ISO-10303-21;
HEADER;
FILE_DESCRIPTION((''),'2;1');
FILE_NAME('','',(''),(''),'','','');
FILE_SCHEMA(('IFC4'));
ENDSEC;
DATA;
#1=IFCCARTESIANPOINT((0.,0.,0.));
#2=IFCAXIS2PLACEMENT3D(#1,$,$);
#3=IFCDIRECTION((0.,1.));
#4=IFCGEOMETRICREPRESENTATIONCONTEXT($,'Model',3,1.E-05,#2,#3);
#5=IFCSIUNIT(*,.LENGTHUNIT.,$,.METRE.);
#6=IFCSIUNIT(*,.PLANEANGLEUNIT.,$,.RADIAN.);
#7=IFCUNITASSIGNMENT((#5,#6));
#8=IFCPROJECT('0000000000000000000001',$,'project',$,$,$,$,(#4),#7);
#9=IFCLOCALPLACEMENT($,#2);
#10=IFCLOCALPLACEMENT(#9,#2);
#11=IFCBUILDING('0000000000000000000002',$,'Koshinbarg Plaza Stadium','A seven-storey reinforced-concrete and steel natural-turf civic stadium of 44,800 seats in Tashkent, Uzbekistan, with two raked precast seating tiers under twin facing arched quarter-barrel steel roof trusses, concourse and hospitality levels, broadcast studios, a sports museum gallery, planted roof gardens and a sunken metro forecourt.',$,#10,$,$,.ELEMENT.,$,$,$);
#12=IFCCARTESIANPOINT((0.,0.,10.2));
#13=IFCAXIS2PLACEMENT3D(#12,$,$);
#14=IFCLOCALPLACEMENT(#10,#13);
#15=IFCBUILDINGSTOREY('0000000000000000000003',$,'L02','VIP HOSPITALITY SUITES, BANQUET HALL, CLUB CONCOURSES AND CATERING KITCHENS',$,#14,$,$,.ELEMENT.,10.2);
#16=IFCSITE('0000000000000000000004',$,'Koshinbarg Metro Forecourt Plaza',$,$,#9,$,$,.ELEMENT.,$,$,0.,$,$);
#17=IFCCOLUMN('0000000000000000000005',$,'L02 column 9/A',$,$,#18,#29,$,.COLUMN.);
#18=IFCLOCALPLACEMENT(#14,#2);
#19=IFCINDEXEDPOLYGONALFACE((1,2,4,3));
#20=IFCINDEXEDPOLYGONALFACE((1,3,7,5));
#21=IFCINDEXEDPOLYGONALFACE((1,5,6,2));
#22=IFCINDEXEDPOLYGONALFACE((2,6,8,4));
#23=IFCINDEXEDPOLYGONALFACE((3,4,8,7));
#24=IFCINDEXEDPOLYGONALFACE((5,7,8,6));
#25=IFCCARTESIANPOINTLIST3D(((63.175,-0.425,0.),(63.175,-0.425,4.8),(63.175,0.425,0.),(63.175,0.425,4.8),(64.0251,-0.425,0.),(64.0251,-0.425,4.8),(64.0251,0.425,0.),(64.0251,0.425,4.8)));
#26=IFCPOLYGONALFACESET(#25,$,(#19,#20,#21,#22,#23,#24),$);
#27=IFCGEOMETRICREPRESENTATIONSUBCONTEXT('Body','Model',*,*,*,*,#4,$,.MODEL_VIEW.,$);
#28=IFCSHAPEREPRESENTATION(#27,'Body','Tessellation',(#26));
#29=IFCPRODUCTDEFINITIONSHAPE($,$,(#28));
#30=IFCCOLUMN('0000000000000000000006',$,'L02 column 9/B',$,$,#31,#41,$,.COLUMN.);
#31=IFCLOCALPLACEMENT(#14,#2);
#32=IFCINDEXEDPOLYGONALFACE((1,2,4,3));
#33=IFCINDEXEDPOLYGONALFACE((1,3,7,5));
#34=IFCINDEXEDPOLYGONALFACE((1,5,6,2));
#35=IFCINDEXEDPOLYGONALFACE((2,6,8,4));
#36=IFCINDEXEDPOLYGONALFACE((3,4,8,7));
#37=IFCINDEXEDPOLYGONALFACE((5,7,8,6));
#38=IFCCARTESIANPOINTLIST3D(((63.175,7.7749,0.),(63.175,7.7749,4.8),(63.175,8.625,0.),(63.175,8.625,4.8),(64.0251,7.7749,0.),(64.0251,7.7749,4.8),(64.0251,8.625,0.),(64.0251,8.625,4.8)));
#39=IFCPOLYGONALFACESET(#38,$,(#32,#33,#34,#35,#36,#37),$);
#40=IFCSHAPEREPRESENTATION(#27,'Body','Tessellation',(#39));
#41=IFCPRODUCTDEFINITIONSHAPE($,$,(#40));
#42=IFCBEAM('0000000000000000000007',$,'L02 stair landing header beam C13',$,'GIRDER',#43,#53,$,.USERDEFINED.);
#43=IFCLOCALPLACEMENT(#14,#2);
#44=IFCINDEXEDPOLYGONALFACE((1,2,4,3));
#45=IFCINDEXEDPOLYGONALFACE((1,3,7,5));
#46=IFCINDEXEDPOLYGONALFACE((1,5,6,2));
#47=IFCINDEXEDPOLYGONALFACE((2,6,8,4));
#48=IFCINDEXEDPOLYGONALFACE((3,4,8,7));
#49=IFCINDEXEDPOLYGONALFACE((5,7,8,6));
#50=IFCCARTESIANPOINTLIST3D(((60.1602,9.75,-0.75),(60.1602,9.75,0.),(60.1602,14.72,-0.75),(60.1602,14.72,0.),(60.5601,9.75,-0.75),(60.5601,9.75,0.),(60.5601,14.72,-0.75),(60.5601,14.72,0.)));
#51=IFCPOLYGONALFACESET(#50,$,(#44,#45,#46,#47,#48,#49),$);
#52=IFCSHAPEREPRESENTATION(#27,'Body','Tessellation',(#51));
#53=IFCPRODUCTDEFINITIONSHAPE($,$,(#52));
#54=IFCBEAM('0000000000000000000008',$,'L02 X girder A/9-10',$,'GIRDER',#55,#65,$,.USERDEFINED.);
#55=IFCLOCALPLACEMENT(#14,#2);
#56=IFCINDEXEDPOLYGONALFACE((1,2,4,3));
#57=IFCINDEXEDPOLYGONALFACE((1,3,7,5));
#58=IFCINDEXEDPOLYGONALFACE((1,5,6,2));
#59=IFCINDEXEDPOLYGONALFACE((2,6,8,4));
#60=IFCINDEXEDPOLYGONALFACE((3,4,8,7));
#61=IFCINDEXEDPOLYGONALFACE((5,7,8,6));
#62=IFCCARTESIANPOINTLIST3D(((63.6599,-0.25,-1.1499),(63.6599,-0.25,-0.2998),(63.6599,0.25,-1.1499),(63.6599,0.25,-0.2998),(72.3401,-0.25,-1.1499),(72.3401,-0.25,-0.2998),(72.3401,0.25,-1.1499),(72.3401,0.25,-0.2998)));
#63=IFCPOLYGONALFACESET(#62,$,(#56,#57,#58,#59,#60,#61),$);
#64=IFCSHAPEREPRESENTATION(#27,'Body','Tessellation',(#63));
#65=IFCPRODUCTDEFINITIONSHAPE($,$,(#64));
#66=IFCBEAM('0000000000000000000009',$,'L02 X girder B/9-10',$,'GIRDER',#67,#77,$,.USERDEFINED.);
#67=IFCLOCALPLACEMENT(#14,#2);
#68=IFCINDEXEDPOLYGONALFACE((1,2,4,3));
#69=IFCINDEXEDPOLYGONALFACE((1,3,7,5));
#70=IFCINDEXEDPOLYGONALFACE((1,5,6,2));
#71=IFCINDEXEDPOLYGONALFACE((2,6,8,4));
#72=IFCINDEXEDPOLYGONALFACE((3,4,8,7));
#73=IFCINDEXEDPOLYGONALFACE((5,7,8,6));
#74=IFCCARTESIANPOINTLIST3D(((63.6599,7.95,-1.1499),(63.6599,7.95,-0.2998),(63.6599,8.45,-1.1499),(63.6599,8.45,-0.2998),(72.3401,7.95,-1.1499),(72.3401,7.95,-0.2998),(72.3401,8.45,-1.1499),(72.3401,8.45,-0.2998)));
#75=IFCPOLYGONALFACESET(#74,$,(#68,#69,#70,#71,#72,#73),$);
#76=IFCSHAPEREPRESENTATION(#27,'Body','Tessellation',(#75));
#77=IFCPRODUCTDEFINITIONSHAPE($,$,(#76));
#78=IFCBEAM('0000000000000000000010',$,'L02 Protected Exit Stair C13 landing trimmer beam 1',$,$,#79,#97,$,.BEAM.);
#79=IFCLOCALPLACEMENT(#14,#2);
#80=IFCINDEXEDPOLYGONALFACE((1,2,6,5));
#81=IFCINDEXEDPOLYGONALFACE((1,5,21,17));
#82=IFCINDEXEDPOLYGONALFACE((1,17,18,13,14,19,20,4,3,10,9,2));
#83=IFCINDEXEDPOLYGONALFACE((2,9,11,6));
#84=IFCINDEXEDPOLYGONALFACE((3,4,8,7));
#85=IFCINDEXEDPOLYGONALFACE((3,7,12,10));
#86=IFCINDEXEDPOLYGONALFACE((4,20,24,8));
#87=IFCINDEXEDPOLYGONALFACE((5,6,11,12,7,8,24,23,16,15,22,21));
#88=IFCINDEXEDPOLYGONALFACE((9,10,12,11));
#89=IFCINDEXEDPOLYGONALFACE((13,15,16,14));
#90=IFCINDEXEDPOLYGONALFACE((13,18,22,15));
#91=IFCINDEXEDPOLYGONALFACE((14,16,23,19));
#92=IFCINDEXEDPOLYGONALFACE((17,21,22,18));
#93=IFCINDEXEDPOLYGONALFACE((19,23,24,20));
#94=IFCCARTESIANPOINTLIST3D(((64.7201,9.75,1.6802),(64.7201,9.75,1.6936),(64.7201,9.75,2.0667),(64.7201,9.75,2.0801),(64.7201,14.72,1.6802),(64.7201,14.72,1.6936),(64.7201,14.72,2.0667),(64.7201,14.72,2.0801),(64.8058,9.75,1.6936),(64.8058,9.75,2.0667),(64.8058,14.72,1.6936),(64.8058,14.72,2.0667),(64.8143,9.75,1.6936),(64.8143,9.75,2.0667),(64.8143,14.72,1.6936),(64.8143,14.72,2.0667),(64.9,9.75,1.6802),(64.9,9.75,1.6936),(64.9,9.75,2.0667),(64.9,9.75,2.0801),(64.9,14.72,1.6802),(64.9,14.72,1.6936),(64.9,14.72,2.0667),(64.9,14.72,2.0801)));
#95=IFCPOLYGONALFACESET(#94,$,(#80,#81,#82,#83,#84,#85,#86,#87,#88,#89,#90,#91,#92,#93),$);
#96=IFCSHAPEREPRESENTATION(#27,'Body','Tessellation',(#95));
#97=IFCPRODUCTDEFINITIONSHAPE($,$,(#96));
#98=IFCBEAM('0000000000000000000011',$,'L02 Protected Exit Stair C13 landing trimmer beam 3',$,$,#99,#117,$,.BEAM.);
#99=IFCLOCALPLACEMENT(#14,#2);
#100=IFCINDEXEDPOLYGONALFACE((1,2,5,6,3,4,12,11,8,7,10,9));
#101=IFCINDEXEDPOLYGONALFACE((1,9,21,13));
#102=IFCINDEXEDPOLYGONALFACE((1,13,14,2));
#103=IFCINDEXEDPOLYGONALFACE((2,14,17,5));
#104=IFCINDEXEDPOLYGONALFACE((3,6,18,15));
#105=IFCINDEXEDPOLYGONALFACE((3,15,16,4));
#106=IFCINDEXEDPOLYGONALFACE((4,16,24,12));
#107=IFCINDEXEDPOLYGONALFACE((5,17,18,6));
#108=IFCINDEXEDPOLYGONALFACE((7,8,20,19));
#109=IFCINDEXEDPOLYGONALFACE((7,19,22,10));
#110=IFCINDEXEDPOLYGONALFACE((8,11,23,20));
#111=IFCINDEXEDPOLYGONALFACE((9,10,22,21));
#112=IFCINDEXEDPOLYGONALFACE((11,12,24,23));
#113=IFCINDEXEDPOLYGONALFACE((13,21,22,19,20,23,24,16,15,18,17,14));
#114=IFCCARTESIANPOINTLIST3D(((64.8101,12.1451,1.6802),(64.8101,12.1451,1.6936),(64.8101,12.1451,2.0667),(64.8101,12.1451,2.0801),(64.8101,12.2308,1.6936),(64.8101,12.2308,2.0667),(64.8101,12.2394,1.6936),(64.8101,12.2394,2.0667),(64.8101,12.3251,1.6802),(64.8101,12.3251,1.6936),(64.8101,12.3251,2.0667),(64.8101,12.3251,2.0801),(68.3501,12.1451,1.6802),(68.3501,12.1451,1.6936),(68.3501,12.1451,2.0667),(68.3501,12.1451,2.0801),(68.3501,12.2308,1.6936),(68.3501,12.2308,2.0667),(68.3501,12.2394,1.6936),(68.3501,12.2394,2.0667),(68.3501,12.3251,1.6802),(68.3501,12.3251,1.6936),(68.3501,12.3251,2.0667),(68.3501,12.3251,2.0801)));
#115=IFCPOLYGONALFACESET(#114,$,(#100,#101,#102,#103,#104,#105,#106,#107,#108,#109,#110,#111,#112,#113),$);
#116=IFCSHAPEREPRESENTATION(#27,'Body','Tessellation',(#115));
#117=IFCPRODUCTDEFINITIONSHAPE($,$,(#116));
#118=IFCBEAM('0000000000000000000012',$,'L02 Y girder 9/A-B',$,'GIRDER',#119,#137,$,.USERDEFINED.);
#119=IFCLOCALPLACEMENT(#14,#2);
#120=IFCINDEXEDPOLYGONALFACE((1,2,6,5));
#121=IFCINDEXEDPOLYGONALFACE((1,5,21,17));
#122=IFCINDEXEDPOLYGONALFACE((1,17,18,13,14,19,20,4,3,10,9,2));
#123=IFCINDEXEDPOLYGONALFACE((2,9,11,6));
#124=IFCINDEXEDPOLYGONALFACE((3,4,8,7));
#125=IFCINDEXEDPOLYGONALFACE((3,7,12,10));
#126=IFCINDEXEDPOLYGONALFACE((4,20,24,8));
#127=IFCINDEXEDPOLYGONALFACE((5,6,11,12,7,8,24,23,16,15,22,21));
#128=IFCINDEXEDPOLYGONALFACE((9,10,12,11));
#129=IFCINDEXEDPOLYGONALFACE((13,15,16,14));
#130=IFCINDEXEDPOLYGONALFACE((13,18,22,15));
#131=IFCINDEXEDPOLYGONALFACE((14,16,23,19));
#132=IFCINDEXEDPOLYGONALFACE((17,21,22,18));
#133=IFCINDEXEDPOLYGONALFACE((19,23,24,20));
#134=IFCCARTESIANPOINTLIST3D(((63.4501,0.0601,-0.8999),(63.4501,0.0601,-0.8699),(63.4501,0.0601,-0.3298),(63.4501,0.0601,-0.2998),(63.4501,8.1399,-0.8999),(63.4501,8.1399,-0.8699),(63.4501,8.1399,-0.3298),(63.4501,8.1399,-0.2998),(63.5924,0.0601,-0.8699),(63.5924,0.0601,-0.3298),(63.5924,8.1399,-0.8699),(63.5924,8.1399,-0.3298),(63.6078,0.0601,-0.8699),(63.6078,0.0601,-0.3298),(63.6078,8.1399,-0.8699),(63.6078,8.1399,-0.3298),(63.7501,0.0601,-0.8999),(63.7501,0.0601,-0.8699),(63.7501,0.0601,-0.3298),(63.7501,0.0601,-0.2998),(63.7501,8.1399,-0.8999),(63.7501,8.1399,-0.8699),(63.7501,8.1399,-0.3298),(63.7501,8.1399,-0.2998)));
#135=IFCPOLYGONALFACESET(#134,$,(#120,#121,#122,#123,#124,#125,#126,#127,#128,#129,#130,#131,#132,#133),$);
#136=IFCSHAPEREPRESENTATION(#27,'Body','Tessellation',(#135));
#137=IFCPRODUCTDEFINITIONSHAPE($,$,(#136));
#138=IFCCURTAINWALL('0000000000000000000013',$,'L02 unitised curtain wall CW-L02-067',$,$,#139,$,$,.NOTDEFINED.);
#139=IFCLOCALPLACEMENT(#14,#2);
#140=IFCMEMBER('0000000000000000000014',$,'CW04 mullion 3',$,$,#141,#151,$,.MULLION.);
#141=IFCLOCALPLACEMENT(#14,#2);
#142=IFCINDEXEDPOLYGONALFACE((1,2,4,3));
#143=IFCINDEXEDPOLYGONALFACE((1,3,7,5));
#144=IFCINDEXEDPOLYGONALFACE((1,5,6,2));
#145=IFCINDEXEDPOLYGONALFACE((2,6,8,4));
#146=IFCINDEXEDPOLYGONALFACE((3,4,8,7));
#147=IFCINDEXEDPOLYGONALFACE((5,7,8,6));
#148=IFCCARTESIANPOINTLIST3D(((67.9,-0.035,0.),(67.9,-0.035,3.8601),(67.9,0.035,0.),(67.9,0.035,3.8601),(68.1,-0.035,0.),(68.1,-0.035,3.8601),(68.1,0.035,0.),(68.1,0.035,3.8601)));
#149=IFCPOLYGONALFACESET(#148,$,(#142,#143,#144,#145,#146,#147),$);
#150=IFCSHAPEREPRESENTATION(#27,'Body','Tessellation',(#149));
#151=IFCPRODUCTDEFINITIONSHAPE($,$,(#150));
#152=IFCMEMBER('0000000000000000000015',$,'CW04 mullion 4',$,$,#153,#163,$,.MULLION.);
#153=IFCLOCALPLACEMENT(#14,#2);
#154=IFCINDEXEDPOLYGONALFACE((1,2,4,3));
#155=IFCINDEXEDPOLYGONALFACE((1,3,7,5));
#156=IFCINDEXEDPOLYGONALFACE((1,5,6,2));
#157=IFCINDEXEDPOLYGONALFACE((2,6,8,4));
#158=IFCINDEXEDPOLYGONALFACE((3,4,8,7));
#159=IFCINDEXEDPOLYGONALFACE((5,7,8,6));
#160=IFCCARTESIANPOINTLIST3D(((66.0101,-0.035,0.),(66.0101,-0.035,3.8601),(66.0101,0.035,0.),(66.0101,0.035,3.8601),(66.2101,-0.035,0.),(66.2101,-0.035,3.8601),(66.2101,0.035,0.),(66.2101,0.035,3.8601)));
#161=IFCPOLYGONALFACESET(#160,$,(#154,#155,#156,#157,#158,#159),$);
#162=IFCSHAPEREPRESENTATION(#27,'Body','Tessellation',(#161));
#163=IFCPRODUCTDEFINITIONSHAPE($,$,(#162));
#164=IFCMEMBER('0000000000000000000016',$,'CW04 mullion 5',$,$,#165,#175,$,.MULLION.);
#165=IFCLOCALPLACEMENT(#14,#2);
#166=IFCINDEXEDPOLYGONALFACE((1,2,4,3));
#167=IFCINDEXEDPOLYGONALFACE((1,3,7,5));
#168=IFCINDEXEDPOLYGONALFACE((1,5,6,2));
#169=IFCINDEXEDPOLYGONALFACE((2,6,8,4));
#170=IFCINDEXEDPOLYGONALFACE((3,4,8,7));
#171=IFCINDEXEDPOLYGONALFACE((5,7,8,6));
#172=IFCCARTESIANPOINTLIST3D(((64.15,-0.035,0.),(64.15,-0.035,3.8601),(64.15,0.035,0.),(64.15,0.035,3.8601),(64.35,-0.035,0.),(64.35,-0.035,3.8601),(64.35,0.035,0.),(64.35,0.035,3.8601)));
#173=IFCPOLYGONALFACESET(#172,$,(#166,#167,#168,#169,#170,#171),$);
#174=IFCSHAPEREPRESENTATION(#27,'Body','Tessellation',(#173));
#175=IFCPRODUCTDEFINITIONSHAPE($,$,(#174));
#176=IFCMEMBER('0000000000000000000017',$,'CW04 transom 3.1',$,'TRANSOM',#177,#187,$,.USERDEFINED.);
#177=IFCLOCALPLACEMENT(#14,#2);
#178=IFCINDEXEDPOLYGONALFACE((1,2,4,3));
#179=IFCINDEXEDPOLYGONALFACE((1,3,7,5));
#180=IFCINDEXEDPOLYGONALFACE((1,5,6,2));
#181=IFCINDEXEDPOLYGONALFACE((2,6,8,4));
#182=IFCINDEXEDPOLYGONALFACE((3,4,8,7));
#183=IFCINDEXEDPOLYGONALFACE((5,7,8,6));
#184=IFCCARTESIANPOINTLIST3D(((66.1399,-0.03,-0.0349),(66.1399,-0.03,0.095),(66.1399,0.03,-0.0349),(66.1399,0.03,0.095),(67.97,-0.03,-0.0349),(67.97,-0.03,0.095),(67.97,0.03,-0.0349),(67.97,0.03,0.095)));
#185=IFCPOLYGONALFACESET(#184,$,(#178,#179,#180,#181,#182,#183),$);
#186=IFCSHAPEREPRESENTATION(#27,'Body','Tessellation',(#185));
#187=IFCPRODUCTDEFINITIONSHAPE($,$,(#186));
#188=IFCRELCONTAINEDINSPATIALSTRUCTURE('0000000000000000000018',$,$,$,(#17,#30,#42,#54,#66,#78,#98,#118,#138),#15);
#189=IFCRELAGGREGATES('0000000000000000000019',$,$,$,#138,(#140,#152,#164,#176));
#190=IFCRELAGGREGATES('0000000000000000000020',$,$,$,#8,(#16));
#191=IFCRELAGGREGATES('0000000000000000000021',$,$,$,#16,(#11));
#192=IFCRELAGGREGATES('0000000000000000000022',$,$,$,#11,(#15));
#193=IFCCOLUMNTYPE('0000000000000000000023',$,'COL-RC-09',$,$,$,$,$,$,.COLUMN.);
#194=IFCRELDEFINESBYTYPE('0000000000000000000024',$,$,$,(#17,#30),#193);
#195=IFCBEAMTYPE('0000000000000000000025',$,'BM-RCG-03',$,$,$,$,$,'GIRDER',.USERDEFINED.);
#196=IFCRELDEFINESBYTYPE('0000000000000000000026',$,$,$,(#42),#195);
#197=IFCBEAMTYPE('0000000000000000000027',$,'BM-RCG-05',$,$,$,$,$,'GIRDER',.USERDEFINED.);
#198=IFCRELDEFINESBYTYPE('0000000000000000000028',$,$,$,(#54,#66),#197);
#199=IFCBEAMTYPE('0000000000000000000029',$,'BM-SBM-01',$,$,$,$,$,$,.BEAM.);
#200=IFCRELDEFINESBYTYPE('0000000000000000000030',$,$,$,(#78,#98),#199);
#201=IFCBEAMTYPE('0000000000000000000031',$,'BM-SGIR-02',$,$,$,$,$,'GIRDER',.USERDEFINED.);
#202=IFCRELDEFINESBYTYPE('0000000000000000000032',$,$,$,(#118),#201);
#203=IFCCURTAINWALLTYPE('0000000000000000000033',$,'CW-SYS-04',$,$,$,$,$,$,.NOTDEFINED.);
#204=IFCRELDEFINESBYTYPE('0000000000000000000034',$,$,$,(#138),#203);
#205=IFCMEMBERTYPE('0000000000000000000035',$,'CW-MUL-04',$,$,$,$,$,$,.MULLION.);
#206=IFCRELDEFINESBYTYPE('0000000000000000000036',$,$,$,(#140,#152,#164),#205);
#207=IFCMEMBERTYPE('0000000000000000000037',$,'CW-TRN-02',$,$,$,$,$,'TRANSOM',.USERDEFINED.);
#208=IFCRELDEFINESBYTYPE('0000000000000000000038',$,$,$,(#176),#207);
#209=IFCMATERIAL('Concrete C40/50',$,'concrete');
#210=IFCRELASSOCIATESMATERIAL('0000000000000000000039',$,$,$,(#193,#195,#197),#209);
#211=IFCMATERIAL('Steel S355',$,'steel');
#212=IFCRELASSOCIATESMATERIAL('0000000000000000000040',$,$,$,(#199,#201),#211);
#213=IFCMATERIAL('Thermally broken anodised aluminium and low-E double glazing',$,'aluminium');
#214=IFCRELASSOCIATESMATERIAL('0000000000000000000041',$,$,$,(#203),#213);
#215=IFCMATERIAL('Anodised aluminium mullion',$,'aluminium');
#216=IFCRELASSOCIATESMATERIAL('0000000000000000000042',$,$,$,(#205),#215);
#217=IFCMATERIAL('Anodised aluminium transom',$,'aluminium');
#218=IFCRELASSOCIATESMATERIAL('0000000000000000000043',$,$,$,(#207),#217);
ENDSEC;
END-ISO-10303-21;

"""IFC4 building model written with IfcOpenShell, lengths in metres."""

from ifc_helpers import new_model, si_unit, direction, frame, origin, origin_2d, place, context, subcontext, project, spatial, rectangle, i_section, extrude, material, material_profile, profile_set, type_object, element, aggregate, save


model = new_model("IFC4")

# Units and contexts
model_context = context("Model", 3, precision=1e-05, world=origin(), true_north=direction((0.0, 1.0)))
body_context = subcontext(model_context, "Body", "Model", "MODEL_VIEW")
ifc_project = project(units=[si_unit("LENGTHUNIT", "METRE"), si_unit("PLANEANGLEUNIT", "RADIAN")], contexts=[model_context])

# Site, building, storey
site_placement = place(None, origin())
site = spatial("IfcSite", under=ifc_project, at=site_placement, Name="Koshinbarg Metro Forecourt Plaza", CompositionType="ELEMENT", RefElevation=0.0)
building_placement = place(site_placement, origin())
building = spatial("IfcBuilding", under=site, at=building_placement, Name="Koshinbarg Plaza Stadium", Description="A seven-storey reinforced-concrete and steel natural-turf civic stadium of 44,800 seats in Tashkent, Uzbekistan, with two raked precast seating tiers under twin facing arched quarter-barrel steel roof trusses, concourse and hospitality levels, broadcast studios, a sports museum gallery, planted roof gardens and a sunken metro forecourt.", CompositionType="ELEMENT")
storey_placement = place(building_placement, frame((0.0, 0.0, 10.2)))
storey = spatial("IfcBuildingStorey", under=building, at=storey_placement, Name="L02", Description="VIP HOSPITALITY SUITES, BANQUET HALL, CLUB CONCOURSES AND CATERING KITCHENS", CompositionType="ELEMENT", Elevation=10.2)

# Columns
ifc_material_1 = material(Name="Concrete C40/50", Category="concrete")
ifc_material_profile_1 = material_profile(ifc_material_1, rectangle(XDim=0.8501, YDim=0.8501, at=origin_2d()), Name="RC 850x850")
ifc_profile_set_1 = profile_set([ifc_material_profile_1], Name="Concrete C40/50")
column_type = type_object("IfcColumnType", Name="COL-RC-09", PredefinedType="COLUMN", material=ifc_profile_set_1)
for number, where, z_axis, x_axis, name in (
    (1, (63.6001, 0.0, 0.0), (0.0, 0.0, 1.0), (1.0, 0.0, 0.0), "L02 column 9/A"),
    (2, (63.6001, 8.2, 0.0), (0.0, 0.0, 1.0), (1.0, 0.0, 0.0), "L02 column 9/B"),
):
    element("IfcColumn", number, at=place(storey_placement, frame(where, z_axis=z_axis, x_axis=x_axis)), inside=storey, type_object=column_type, Name=name, PredefinedType="COLUMN", context=body_context, shape_type="SweptSolid", body=[
        extrude(rectangle(XDim=0.8501, YDim=0.8501, at=origin_2d()), origin(), (0.0, 0.0, 1.0), 4.8),
    ])

# Beams
ifc_material_profile_2 = material_profile(ifc_material_1, rectangle(XDim=0.3999, YDim=0.75, at=origin_2d()), Name="RC 400x750")
ifc_profile_set_2 = profile_set([ifc_material_profile_2], Name="Concrete C40/50")
beam_type_1 = type_object("IfcBeamType", Name="BM-RCG-03", ElementType="GIRDER", PredefinedType="USERDEFINED", material=ifc_profile_set_2)
beam_1_placement = place(storey_placement, frame((60.3601, 9.75, -0.375), z_axis=(0.0, 1.0, 0.0), x_axis=(-1.0, 0.0, 0.0)))
element("IfcBeam", 3, at=beam_1_placement, inside=storey, type_object=beam_type_1, Name="L02 stair landing header beam C13", ObjectType="GIRDER", PredefinedType="USERDEFINED", context=body_context, shape_type="SweptSolid", body=[
    extrude(rectangle(XDim=0.3999, YDim=0.75, at=origin_2d()), origin(), (0.0, 0.0, 1.0), 4.97),
])
ifc_material_profile_3 = material_profile(ifc_material_1, rectangle(XDim=0.5, YDim=0.8501, at=origin_2d()), Name="RC 500x850")
ifc_profile_set_3 = profile_set([ifc_material_profile_3], Name="Concrete C40/50")
beam_type_2 = type_object("IfcBeamType", Name="BM-RCG-05", ElementType="GIRDER", PredefinedType="USERDEFINED", material=ifc_profile_set_3)
for number, where, z_axis, x_axis, name in (
    (4, (63.6599, 0.0, -0.7249), (1.0, 0.0, 0.0), (0.0, 1.0, 0.0), "L02 X girder A/9-10"),
    (5, (63.6599, 8.2, -0.7249), (1.0, 0.0, 0.0), (0.0, 1.0, 0.0), "L02 X girder B/9-10"),
):
    element("IfcBeam", number, at=place(storey_placement, frame(where, z_axis=z_axis, x_axis=x_axis)), inside=storey, type_object=beam_type_2, Name=name, ObjectType="GIRDER", PredefinedType="USERDEFINED", context=body_context, shape_type="SweptSolid", body=[
        extrude(rectangle(XDim=0.5, YDim=0.8501, at=origin_2d()), origin(), (0.0, 0.0, 1.0), 8.6802),
    ])
ifc_material_2 = material(Name="Steel S355", Category="steel")
ifc_material_profile_4 = material_profile(ifc_material_2, i_section(OverallWidth=0.1799, OverallDepth=0.3999, WebThickness=0.0085, FlangeThickness=0.0134, at=origin_2d()), Name="IPE 400")
ifc_profile_set_4 = profile_set([ifc_material_profile_4], Name="Steel S355")
beam_type_3 = type_object("IfcBeamType", Name="BM-SBM-01", PredefinedType="BEAM", material=ifc_profile_set_4)
beam_2_placement = place(storey_placement, frame((64.8101, 9.75, 1.8801), z_axis=(0.0, 1.0, 0.0), x_axis=(-1.0, 0.0, 0.0)))
element("IfcBeam", 6, at=beam_2_placement, inside=storey, type_object=beam_type_3, Name="L02 Protected Exit Stair C13 landing trimmer beam 1", PredefinedType="BEAM", context=body_context, shape_type="SweptSolid", body=[
    extrude(i_section(OverallWidth=0.1799, OverallDepth=0.3999, WebThickness=0.0085, FlangeThickness=0.0134, at=origin_2d()), origin(), (0.0, 0.0, 1.0), 4.97),
])
beam_3_placement = place(storey_placement, frame((64.8101, 12.2351, 1.8801), z_axis=(1.0, 0.0, 0.0), x_axis=(0.0, 1.0, 0.0)))
element("IfcBeam", 7, at=beam_3_placement, inside=storey, type_object=beam_type_3, Name="L02 Protected Exit Stair C13 landing trimmer beam 3", PredefinedType="BEAM", context=body_context, shape_type="SweptSolid", body=[
    extrude(i_section(OverallWidth=0.1799, OverallDepth=0.3999, WebThickness=0.0085, FlangeThickness=0.0134, at=origin_2d()), origin(), (0.0, 0.0, 1.0), 3.54),
])
ifc_material_profile_5 = material_profile(ifc_material_2, i_section(OverallWidth=0.3, OverallDepth=0.6001, WebThickness=0.0154, FlangeThickness=0.03, at=origin_2d()), Name="HEB 600")
ifc_profile_set_5 = profile_set([ifc_material_profile_5], Name="Steel S355")
beam_type_4 = type_object("IfcBeamType", Name="BM-SGIR-02", ElementType="GIRDER", PredefinedType="USERDEFINED", material=ifc_profile_set_5)
beam_4_placement = place(storey_placement, frame((63.6001, 0.0601, -0.5999), z_axis=(0.0, 1.0, 0.0), x_axis=(-1.0, 0.0, 0.0)))
element("IfcBeam", 8, at=beam_4_placement, inside=storey, type_object=beam_type_4, Name="L02 Y girder 9/A-B", ObjectType="GIRDER", PredefinedType="USERDEFINED", context=body_context, shape_type="SweptSolid", body=[
    extrude(i_section(OverallWidth=0.3, OverallDepth=0.6001, WebThickness=0.0154, FlangeThickness=0.03, at=origin_2d()), origin(), (0.0, 0.0, 1.0), 8.0798),
])

# Curtain wall, members
ifc_material_3 = material(Name="Thermally broken anodised aluminium and low-E double glazing", Category="aluminium")
curtain_wall_type = type_object("IfcCurtainWallType", Name="CW-SYS-04", PredefinedType="NOTDEFINED", material=ifc_material_3)
curtain_wall_placement = place(storey_placement, origin())
curtain_wall = element("IfcCurtainWall", 9, at=curtain_wall_placement, inside=storey, type_object=curtain_wall_type, Name="L02 unitised curtain wall CW-L02-067", PredefinedType="NOTDEFINED")
ifc_material_4 = material(Name="Anodised aluminium mullion", Category="aluminium")
ifc_material_profile_6 = material_profile(ifc_material_4, rectangle(XDim=0.0701, YDim=0.2, at=origin_2d()), Name="ALU 70x200")
ifc_profile_set_6 = profile_set([ifc_material_profile_6], Name="Anodised aluminium mullion")
member_type_1 = type_object("IfcMemberType", Name="CW-MUL-04", PredefinedType="MULLION", material=ifc_profile_set_6)
member_1_placement = place(storey_placement, frame((68.0, 0.0, 0.0), z_axis=(0.0, 0.0, 1.0), x_axis=(0.0, -1.0, 0.0)))
member_1 = element("IfcMember", 10, at=member_1_placement, type_object=member_type_1, Name="CW04 mullion 3", PredefinedType="MULLION", context=body_context, shape_type="SweptSolid", body=[
    extrude(rectangle(XDim=0.0701, YDim=0.2, at=origin_2d()), origin(), (0.0, 0.0, 1.0), 3.8601),
])
member_2_placement = place(storey_placement, frame((66.1101, 0.0, 0.0), z_axis=(0.0, 0.0, 1.0), x_axis=(0.0, -1.0, 0.0)))
member_2 = element("IfcMember", 11, at=member_2_placement, type_object=member_type_1, Name="CW04 mullion 4", PredefinedType="MULLION", context=body_context, shape_type="SweptSolid", body=[
    extrude(rectangle(XDim=0.0701, YDim=0.2, at=origin_2d()), origin(), (0.0, 0.0, 1.0), 3.8601),
])
member_3_placement = place(storey_placement, frame((64.25, 0.0, 0.0), z_axis=(0.0, 0.0, 1.0), x_axis=(0.0, -1.0, 0.0)))
member_3 = element("IfcMember", 12, at=member_3_placement, type_object=member_type_1, Name="CW04 mullion 5", PredefinedType="MULLION", context=body_context, shape_type="SweptSolid", body=[
    extrude(rectangle(XDim=0.0701, YDim=0.2, at=origin_2d()), origin(), (0.0, 0.0, 1.0), 3.8601),
])
ifc_material_5 = material(Name="Anodised aluminium transom", Category="aluminium")
ifc_material_profile_7 = material_profile(ifc_material_5, rectangle(XDim=0.0601, YDim=0.1299, at=origin_2d()), Name="ALU 60x130")
ifc_profile_set_7 = profile_set([ifc_material_profile_7], Name="Anodised aluminium transom")
member_type_2 = type_object("IfcMemberType", Name="CW-TRN-02", ElementType="TRANSOM", PredefinedType="USERDEFINED", material=ifc_profile_set_7)
member_4_placement = place(storey_placement, frame((67.97, 0.0, 0.03), z_axis=(-1.0, 0.0, 0.0), x_axis=(0.0, -1.0, 0.0)))
member_4 = element("IfcMember", 13, at=member_4_placement, type_object=member_type_2, Name="CW04 transom 3.1", ObjectType="TRANSOM", PredefinedType="USERDEFINED", context=body_context, shape_type="SweptSolid", body=[
    extrude(rectangle(XDim=0.0601, YDim=0.1299, at=origin_2d()), origin(), (0.0, 0.0, 1.0), 1.8301),
])
aggregate(curtain_wall, [member_1, member_2, member_3, member_4])

save(model, "model.ifc")
